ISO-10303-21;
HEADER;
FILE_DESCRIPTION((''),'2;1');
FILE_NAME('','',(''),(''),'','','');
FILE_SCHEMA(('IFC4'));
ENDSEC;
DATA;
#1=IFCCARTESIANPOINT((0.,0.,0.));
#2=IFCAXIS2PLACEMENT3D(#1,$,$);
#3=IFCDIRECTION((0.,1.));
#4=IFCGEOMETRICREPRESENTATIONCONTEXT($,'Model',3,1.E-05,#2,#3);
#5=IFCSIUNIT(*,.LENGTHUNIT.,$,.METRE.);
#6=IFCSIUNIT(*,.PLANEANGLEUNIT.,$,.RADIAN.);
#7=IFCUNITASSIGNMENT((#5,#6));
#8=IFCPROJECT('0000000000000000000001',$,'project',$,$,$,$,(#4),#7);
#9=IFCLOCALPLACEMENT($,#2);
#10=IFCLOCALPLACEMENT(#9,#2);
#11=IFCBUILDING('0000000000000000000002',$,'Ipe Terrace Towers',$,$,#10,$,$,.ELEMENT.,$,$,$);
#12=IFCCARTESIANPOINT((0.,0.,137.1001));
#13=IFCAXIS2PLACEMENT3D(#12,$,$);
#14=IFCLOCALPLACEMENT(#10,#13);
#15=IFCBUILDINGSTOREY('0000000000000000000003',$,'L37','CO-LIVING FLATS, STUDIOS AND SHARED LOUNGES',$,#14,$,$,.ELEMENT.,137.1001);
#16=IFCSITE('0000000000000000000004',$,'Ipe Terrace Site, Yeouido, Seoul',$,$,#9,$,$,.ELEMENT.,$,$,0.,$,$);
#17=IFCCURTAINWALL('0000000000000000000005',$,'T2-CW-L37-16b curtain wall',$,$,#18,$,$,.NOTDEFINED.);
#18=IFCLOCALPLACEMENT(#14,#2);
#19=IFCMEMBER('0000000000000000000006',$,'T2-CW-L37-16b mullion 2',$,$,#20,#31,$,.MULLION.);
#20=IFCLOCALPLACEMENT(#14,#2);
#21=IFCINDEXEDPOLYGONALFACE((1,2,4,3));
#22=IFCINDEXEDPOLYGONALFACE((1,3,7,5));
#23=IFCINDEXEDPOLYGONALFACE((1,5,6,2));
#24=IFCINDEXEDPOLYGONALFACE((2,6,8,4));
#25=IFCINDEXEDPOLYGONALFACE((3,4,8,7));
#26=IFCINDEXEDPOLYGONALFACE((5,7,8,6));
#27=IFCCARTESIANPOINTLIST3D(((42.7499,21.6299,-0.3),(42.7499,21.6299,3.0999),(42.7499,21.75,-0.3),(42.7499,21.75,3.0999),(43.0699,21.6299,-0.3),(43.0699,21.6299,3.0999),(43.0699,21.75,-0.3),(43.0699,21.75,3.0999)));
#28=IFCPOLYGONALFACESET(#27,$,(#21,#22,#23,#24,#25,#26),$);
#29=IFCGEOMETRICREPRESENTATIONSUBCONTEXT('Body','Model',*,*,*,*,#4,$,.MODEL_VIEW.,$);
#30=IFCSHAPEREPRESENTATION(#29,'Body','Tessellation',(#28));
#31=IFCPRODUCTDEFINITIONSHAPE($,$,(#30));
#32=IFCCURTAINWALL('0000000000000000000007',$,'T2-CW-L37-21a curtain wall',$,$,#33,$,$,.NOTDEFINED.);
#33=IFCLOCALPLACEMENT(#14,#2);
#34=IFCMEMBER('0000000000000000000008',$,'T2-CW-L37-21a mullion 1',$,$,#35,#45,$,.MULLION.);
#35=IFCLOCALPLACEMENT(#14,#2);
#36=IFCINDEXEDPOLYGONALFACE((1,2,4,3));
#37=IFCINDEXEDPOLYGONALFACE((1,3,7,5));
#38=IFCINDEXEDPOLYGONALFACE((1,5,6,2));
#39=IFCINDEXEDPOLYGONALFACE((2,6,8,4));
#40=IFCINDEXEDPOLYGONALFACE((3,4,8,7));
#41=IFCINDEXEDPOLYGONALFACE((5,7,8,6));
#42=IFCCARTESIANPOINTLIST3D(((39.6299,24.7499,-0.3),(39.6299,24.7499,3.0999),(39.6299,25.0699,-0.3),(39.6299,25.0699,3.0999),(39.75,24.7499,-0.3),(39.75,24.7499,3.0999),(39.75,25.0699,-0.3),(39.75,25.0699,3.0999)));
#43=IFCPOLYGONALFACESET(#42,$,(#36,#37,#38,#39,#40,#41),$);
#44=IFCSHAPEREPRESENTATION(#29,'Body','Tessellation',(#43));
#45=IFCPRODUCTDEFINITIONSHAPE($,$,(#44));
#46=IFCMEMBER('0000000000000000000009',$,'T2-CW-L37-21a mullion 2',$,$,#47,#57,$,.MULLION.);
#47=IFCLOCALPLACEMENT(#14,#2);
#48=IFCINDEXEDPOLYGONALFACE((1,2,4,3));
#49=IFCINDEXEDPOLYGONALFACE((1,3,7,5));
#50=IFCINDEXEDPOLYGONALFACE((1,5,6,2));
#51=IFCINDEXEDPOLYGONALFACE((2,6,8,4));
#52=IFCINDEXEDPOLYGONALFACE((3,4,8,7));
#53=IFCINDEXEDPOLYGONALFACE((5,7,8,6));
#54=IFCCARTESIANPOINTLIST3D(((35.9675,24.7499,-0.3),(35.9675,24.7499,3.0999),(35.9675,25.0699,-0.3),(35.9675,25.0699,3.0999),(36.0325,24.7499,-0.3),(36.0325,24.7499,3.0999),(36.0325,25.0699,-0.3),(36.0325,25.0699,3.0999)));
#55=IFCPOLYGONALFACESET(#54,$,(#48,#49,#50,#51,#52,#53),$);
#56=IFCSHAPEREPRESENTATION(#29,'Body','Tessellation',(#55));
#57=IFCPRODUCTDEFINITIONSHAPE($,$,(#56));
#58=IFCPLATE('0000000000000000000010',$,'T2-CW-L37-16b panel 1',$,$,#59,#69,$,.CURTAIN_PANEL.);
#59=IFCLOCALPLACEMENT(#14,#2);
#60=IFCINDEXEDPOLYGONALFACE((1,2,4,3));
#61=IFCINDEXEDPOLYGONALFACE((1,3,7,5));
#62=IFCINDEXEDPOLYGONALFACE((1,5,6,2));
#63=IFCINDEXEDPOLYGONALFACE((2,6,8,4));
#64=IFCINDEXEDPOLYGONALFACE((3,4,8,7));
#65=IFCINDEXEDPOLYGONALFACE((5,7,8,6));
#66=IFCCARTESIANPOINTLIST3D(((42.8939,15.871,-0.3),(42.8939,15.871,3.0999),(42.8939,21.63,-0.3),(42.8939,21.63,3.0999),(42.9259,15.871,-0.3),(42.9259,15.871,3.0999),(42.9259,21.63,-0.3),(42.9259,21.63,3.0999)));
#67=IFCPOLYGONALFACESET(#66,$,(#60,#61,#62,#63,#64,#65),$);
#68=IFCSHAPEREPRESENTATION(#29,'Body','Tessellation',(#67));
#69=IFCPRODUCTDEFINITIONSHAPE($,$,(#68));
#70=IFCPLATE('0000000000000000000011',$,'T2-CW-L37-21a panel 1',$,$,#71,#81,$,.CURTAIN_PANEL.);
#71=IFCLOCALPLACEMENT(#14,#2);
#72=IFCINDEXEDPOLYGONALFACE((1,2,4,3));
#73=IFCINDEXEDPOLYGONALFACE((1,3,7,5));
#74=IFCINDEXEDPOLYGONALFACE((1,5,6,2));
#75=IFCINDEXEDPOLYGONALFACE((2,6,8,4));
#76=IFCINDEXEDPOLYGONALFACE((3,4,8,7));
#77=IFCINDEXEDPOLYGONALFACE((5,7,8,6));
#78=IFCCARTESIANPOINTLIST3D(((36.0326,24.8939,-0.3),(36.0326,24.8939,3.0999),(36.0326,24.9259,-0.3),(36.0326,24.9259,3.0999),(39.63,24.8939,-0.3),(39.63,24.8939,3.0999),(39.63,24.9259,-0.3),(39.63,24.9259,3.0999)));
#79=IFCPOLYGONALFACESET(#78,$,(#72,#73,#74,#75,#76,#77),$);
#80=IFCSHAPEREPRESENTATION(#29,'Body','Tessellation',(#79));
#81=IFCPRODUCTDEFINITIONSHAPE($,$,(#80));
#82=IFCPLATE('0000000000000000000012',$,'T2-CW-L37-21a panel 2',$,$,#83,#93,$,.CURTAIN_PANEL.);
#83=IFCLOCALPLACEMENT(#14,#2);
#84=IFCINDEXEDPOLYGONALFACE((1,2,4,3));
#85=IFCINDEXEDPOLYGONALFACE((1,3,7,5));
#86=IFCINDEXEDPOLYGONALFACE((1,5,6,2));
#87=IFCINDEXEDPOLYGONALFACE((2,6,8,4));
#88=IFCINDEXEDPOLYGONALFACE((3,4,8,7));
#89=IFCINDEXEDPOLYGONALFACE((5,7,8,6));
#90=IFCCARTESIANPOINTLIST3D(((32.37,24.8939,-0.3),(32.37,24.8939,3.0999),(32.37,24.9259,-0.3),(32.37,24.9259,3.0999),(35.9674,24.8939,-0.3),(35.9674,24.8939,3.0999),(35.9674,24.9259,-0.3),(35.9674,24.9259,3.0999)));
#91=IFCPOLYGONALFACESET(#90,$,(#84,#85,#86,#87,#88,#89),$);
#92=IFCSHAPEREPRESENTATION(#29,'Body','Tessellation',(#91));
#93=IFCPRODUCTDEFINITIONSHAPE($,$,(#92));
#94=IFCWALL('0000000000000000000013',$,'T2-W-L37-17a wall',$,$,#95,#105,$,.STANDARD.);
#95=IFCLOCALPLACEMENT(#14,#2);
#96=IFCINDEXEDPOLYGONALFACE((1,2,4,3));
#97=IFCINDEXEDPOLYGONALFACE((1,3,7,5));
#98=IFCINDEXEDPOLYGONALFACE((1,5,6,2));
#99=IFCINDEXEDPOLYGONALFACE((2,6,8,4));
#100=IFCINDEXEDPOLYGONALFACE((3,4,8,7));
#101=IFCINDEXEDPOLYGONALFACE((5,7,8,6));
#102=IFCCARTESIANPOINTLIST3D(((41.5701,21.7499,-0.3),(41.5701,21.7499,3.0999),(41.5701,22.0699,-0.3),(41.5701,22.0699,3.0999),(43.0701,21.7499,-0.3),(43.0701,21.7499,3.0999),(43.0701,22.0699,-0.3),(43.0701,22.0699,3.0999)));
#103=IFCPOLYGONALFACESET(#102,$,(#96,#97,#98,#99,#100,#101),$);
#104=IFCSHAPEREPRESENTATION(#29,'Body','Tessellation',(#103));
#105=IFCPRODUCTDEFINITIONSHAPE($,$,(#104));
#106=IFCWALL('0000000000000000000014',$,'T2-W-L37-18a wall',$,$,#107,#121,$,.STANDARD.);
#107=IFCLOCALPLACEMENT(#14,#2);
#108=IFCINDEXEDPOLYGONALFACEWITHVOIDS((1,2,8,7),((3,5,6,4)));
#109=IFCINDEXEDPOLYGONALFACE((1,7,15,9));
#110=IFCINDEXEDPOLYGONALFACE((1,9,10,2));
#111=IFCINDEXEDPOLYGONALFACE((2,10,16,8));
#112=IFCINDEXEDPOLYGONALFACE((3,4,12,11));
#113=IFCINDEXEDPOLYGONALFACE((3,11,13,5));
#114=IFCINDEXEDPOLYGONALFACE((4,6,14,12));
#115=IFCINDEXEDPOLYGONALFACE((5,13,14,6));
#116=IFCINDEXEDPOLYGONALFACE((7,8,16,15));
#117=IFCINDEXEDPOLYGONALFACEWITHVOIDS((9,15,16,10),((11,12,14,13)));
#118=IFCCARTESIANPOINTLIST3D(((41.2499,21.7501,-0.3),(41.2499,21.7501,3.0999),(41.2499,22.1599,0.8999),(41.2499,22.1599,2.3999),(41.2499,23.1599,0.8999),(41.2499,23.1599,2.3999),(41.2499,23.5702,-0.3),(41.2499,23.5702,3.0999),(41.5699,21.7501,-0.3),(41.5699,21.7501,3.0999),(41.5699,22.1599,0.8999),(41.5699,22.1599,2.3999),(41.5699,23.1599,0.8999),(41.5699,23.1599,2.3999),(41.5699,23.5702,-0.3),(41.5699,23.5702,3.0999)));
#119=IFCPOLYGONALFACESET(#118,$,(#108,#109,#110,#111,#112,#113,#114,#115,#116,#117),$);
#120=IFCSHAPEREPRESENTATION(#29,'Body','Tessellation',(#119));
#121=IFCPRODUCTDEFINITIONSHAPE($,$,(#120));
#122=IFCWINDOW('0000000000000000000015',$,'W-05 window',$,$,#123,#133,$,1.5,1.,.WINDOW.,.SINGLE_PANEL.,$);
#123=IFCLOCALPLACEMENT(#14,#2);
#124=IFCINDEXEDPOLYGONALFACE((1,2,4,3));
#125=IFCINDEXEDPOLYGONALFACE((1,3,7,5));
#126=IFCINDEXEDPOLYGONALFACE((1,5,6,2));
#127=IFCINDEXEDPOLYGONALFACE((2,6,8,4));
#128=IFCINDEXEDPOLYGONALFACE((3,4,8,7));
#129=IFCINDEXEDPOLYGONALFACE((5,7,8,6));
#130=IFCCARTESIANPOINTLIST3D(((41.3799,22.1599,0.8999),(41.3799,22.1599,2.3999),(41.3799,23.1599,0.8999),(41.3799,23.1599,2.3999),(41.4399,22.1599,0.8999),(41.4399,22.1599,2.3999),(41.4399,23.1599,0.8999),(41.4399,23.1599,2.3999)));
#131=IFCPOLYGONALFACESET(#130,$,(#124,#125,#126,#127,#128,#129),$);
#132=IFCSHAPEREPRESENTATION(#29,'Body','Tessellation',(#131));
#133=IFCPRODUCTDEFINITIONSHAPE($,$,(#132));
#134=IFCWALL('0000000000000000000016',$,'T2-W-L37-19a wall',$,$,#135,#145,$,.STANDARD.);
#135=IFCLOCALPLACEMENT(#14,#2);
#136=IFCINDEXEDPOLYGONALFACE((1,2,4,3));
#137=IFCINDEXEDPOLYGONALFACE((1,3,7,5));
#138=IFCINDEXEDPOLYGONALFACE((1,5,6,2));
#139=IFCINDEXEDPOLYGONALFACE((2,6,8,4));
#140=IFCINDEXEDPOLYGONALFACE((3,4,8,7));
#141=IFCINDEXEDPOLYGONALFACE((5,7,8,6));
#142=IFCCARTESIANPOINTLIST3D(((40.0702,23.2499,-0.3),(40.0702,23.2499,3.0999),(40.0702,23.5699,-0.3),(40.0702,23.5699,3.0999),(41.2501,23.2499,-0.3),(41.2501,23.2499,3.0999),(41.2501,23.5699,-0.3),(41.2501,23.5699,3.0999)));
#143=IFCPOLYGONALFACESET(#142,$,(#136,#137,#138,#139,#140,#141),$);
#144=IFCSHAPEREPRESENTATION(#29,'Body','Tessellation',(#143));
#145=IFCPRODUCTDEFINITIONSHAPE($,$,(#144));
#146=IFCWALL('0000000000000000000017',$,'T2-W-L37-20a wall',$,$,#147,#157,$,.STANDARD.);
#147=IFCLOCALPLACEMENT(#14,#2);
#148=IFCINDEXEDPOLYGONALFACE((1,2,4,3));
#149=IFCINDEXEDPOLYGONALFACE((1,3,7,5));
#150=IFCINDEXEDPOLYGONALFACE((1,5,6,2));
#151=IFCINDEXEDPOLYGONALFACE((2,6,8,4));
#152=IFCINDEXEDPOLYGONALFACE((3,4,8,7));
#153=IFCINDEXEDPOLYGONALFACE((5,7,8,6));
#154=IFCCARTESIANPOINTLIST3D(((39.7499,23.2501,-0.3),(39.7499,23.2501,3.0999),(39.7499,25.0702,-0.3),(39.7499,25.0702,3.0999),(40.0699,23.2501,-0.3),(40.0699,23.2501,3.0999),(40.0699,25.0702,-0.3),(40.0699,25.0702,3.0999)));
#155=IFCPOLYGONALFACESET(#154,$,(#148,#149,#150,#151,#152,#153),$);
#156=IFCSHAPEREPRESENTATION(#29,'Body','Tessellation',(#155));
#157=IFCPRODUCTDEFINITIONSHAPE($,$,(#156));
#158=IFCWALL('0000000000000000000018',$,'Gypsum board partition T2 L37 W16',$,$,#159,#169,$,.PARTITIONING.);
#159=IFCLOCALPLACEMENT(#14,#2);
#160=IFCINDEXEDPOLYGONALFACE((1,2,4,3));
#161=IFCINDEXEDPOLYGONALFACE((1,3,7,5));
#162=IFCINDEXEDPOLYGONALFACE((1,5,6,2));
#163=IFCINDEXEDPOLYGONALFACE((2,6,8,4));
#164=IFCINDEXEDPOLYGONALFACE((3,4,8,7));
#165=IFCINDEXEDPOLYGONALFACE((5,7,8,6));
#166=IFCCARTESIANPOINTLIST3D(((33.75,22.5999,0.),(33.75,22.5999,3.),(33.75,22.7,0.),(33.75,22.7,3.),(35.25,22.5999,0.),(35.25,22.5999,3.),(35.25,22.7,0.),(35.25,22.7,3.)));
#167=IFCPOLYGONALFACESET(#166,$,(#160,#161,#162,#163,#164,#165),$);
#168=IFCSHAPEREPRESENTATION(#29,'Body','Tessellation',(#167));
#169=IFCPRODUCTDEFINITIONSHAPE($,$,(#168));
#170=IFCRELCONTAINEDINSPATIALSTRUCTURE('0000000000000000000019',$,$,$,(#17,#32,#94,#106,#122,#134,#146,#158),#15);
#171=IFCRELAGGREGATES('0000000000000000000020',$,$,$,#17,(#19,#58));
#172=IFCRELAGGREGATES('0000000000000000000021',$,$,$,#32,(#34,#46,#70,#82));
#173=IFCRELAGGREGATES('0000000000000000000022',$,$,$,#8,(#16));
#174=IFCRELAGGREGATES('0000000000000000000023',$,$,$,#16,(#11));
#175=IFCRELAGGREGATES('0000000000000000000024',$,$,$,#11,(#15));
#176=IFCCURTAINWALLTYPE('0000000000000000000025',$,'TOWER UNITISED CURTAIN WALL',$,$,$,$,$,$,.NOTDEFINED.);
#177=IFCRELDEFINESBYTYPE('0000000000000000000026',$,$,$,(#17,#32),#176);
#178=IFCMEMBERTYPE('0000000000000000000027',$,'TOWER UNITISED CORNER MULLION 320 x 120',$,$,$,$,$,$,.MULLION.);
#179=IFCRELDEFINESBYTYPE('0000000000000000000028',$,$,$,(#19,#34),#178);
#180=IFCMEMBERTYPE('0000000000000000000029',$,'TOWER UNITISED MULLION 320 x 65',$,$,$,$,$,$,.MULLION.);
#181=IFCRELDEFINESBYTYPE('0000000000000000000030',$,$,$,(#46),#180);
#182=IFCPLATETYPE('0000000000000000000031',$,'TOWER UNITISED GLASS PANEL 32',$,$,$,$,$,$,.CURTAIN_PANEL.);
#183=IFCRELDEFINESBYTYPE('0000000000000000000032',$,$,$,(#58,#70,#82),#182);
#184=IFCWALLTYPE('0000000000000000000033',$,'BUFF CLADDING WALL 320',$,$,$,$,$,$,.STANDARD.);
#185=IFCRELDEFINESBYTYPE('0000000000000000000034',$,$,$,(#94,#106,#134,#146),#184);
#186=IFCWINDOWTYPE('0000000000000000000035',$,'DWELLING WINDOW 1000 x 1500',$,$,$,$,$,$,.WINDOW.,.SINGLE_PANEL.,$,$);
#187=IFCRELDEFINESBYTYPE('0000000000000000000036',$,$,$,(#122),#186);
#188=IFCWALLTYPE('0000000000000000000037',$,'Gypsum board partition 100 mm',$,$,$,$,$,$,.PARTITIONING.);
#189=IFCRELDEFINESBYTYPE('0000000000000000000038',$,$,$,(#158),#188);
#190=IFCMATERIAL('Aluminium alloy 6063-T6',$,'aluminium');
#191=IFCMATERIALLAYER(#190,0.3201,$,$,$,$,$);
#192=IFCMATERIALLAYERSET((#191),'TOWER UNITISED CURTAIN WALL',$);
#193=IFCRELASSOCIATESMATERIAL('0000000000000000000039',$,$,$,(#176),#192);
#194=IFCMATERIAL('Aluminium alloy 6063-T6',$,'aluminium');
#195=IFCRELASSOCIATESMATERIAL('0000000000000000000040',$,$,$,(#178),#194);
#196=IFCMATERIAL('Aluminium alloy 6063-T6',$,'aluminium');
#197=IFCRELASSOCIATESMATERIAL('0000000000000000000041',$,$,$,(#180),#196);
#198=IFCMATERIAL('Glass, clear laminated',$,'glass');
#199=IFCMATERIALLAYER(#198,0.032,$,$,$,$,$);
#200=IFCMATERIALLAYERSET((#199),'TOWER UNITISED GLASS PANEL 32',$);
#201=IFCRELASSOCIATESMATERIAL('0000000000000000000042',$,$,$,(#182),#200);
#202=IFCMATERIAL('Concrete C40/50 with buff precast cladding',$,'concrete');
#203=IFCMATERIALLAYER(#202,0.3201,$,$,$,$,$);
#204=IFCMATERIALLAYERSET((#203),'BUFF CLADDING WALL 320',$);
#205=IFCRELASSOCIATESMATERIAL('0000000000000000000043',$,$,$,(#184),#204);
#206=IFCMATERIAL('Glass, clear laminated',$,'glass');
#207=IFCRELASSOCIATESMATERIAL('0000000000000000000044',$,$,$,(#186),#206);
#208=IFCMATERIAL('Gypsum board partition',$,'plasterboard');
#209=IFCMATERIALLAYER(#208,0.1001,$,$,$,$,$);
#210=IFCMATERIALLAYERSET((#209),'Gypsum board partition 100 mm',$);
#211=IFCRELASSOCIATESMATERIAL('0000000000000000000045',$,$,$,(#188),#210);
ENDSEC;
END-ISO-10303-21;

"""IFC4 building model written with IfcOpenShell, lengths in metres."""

from ifc_helpers import new_model, si_unit, direction, frame, frame_2d, origin, origin_2d, place, context, subcontext, project, spatial, rectangle, extrude, material, layer, layer_set, material_profile, profile_set, type_object, element, fill, aggregate, save


model = new_model("IFC4")

# Units and contexts
model_context = context("Model", 3, precision=1e-05, world=origin(), true_north=direction((0.0, 1.0)))
body_context = subcontext(model_context, "Body", "Model", "MODEL_VIEW")
ifc_project = project(units=[si_unit("LENGTHUNIT", "METRE"), si_unit("PLANEANGLEUNIT", "RADIAN")], contexts=[model_context])

# Site, building, storey
site_placement = place(None, origin())
site = spatial("IfcSite", under=ifc_project, at=site_placement, Name="Ipe Terrace Site, Yeouido, Seoul", CompositionType="ELEMENT", RefElevation=0.0)
building_placement = place(site_placement, origin())
building = spatial("IfcBuilding", under=site, at=building_placement, Name="Ipe Terrace Towers", CompositionType="ELEMENT")
storey_placement = place(building_placement, frame((0.0, 0.0, 137.1001)))
storey = spatial("IfcBuildingStorey", under=building, at=storey_placement, Name="L37", Description="CO-LIVING FLATS, STUDIOS AND SHARED LOUNGES", CompositionType="ELEMENT", Elevation=137.1001)

# Curtain walls, members
ifc_material_1 = material(Name="Aluminium alloy 6063-T6", Category="aluminium")
ifc_layer_1 = layer(ifc_material_1, 0.3201)
ifc_layer_set_1 = layer_set([ifc_layer_1], Name="TOWER UNITISED CURTAIN WALL")
curtain_wall_type = type_object("IfcCurtainWallType", Name="TOWER UNITISED CURTAIN WALL", PredefinedType="NOTDEFINED", material=ifc_layer_set_1)
curtain_wall_1_placement = place(storey_placement, origin())
curtain_wall_1 = element("IfcCurtainWall", 1, at=curtain_wall_1_placement, inside=storey, type_object=curtain_wall_type, Name="T2-CW-L37-16b curtain wall", PredefinedType="NOTDEFINED")
ifc_material_2 = material(Name="Aluminium alloy 6063-T6", Category="aluminium")
ifc_material_profile_1 = material_profile(ifc_material_2, rectangle(XDim=0.3201, YDim=0.1201, at=origin_2d()), Name="TOWER UNITISED CORNER MULLION 320 x 120")
ifc_profile_set_1 = profile_set([ifc_material_profile_1], Name="Aluminium alloy 6063-T6")
member_type_1 = type_object("IfcMemberType", Name="TOWER UNITISED CORNER MULLION 320 x 120", PredefinedType="MULLION", material=ifc_profile_set_1)
member_1_placement = place(storey_placement, frame((42.9099, 21.6899, -0.3), z_axis=(0.0, 0.0, 1.0), x_axis=(1.0, 0.0, 0.0)))
member_1 = element("IfcMember", 2, at=member_1_placement, type_object=member_type_1, Name="T2-CW-L37-16b mullion 2", PredefinedType="MULLION", context=body_context, shape_type="SweptSolid", body=[
    extrude(rectangle(XDim=0.3201, YDim=0.1201, at=origin_2d()), origin(), (0.0, 0.0, 1.0), 3.3999),
])
curtain_wall_2_placement = place(storey_placement, origin())
curtain_wall_2 = element("IfcCurtainWall", 3, at=curtain_wall_2_placement, inside=storey, type_object=curtain_wall_type, Name="T2-CW-L37-21a curtain wall", PredefinedType="NOTDEFINED")
member_2_placement = place(storey_placement, frame((39.6899, 24.9099, -0.3), z_axis=(0.0, 0.0, 1.0), x_axis=(0.0, 1.0, 0.0)))
member_2 = element("IfcMember", 4, at=member_2_placement, type_object=member_type_1, Name="T2-CW-L37-21a mullion 1", PredefinedType="MULLION", context=body_context, shape_type="SweptSolid", body=[
    extrude(rectangle(XDim=0.3201, YDim=0.1201, at=origin_2d()), origin(), (0.0, 0.0, 1.0), 3.3999),
])
ifc_material_3 = material(Name="Aluminium alloy 6063-T6", Category="aluminium")
ifc_material_profile_2 = material_profile(ifc_material_3, rectangle(XDim=0.3201, YDim=0.0649, at=origin_2d()), Name="TOWER UNITISED MULLION 320 x 65")
ifc_profile_set_2 = profile_set([ifc_material_profile_2], Name="Aluminium alloy 6063-T6")
member_type_2 = type_object("IfcMemberType", Name="TOWER UNITISED MULLION 320 x 65", PredefinedType="MULLION", material=ifc_profile_set_2)
member_3_placement = place(storey_placement, frame((36.0, 24.9099, -0.3), z_axis=(0.0, 0.0, 1.0), x_axis=(0.0, 1.0, 0.0)))
member_3 = element("IfcMember", 5, at=member_3_placement, type_object=member_type_2, Name="T2-CW-L37-21a mullion 2", PredefinedType="MULLION", context=body_context, shape_type="SweptSolid", body=[
    extrude(rectangle(XDim=0.3201, YDim=0.0649, at=origin_2d()), origin(), (0.0, 0.0, 1.0), 3.3999),
])

# Plates
ifc_material_4 = material(Name="Glass, clear laminated", Category="glass")
ifc_layer_2 = layer(ifc_material_4, 0.032)
ifc_layer_set_2 = layer_set([ifc_layer_2], Name="TOWER UNITISED GLASS PANEL 32")
plate_type = type_object("IfcPlateType", Name="TOWER UNITISED GLASS PANEL 32", PredefinedType="CURTAIN_PANEL", material=ifc_layer_set_2)
plate_1_placement = place(storey_placement, frame((42.9099, 18.7505, -0.3), z_axis=(0.0, 0.0, 1.0), x_axis=(0.0, 1.0, 0.0)))
plate_1 = element("IfcPlate", 6, at=plate_1_placement, type_object=plate_type, Name="T2-CW-L37-16b panel 1", PredefinedType="CURTAIN_PANEL", context=body_context, shape_type="SweptSolid", body=[
    extrude(rectangle(XDim=5.759, YDim=0.032, at=origin_2d()), origin(), (0.0, 0.0, 1.0), 3.3999),
])
aggregate(curtain_wall_1, [member_1, plate_1])
plate_2_placement = place(storey_placement, frame((37.8313, 24.9099, -0.3), z_axis=(0.0, 0.0, 1.0), x_axis=(-1.0, 0.0, 0.0)))
plate_2 = element("IfcPlate", 7, at=plate_2_placement, type_object=plate_type, Name="T2-CW-L37-21a panel 1", PredefinedType="CURTAIN_PANEL", context=body_context, shape_type="SweptSolid", body=[
    extrude(rectangle(XDim=3.5974, YDim=0.032, at=origin_2d()), origin(), (0.0, 0.0, 1.0), 3.3999),
])
plate_3_placement = place(storey_placement, frame((34.1687, 24.9099, -0.3), z_axis=(0.0, 0.0, 1.0), x_axis=(-1.0, 0.0, 0.0)))
plate_3 = element("IfcPlate", 8, at=plate_3_placement, type_object=plate_type, Name="T2-CW-L37-21a panel 2", PredefinedType="CURTAIN_PANEL", context=body_context, shape_type="SweptSolid", body=[
    extrude(rectangle(XDim=3.5974, YDim=0.032, at=origin_2d()), origin(), (0.0, 0.0, 1.0), 3.3999),
])
aggregate(curtain_wall_2, [member_2, member_3, plate_2, plate_3])

# Wall
ifc_material_5 = material(Name="Concrete C40/50 with buff precast cladding", Category="concrete")
ifc_layer_3 = layer(ifc_material_5, 0.3201)
ifc_layer_set_3 = layer_set([ifc_layer_3], Name="BUFF CLADDING WALL 320")
wall_type_1 = type_object("IfcWallType", Name="BUFF CLADDING WALL 320", PredefinedType="STANDARD", material=ifc_layer_set_3)
wall_1_placement = place(storey_placement, frame((43.0701, 21.9099, -0.3), z_axis=(0.0, 0.0, 1.0), x_axis=(-1.0, 0.0, 0.0)))
element("IfcWall", 9, at=wall_1_placement, inside=storey, type_object=wall_type_1, Name="T2-W-L37-17a wall", PredefinedType="STANDARD", context=body_context, shape_type="SweptSolid", body=[
    extrude(rectangle(XDim=1.5, YDim=0.3201, at=frame_2d((0.75, 0.0))), origin(), (0.0, 0.0, 1.0), 3.3999),
])

# Wall, opening, window
wall_2_placement = place(storey_placement, frame((41.4099, 21.75, -0.3), z_axis=(0.0, 0.0, 1.0), x_axis=(0.0, 1.0, 0.0)))
wall_2 = element("IfcWall", 10, at=wall_2_placement, inside=storey, type_object=wall_type_1, Name="T2-W-L37-18a wall", PredefinedType="STANDARD", context=body_context, shape_type="SweptSolid", body=[
    extrude(rectangle(XDim=1.8201, YDim=0.3201, at=frame_2d((0.9102, 0.0))), origin(), (0.0, 0.0, 1.0), 3.3999),
])
opening_1_placement = place(wall_2_placement, frame((0.4099, 0.0, 1.2)))
opening_1 = element("IfcOpeningElement", 11, at=opening_1_placement, cuts=wall_2, PredefinedType="OPENING", context=body_context, shape_type="SweptSolid", body=[
    extrude(rectangle(XDim=1.0, YDim=1.5, at=frame_2d((0.5, 0.75))), frame((0.0, 0.1699, 0.0), z_axis=(0.0, -1.0, 0.0), x_axis=(1.0, 0.0, 0.0)), (0.0, 0.0, 1.0), 0.3401),
])
ifc_material_6 = material(Name="Glass, clear laminated", Category="glass")
window_type = type_object("IfcWindowType", Name="DWELLING WINDOW 1000 x 1500", PartitioningType="SINGLE_PANEL", PredefinedType="WINDOW", material=ifc_material_6)
window_placement = place(opening_1_placement, origin())
window = element("IfcWindow", 12, at=window_placement, inside=storey, type_object=window_type, Name="W-05 window", OverallHeight=1.5, OverallWidth=1.0, PartitioningType="SINGLE_PANEL", PredefinedType="WINDOW", context=body_context, shape_type="SweptSolid", body=[
    extrude(rectangle(XDim=1.0, YDim=1.5, at=frame_2d((0.5, 0.75))), frame((0.0, 0.03, 0.0), z_axis=(0.0, -1.0, 0.0), x_axis=(1.0, 0.0, 0.0)), (0.0, 0.0, 1.0), 0.0601),
])
fill(opening_1, window)

# Walls
wall_3_placement = place(storey_placement, frame((41.25, 23.4099, -0.3), z_axis=(0.0, 0.0, 1.0), x_axis=(-1.0, 0.0, 0.0)))
element("IfcWall", 13, at=wall_3_placement, inside=storey, type_object=wall_type_1, Name="T2-W-L37-19a wall", PredefinedType="STANDARD", context=body_context, shape_type="SweptSolid", body=[
    extrude(rectangle(XDim=1.1799, YDim=0.3201, at=frame_2d((0.5898, 0.0))), origin(), (0.0, 0.0, 1.0), 3.3999),
])
wall_4_placement = place(storey_placement, frame((39.9099, 23.25, -0.3), z_axis=(0.0, 0.0, 1.0), x_axis=(0.0, 1.0, 0.0)))
element("IfcWall", 14, at=wall_4_placement, inside=storey, type_object=wall_type_1, Name="T2-W-L37-20a wall", PredefinedType="STANDARD", context=body_context, shape_type="SweptSolid", body=[
    extrude(rectangle(XDim=1.8201, YDim=0.3201, at=frame_2d((0.9102, 0.0))), origin(), (0.0, 0.0, 1.0), 3.3999),
])
ifc_material_7 = material(Name="Gypsum board partition", Category="plasterboard")
ifc_layer_4 = layer(ifc_material_7, 0.1001)
ifc_layer_set_4 = layer_set([ifc_layer_4], Name="Gypsum board partition 100 mm")
wall_type_2 = type_object("IfcWallType", Name="Gypsum board partition 100 mm", PredefinedType="PARTITIONING", material=ifc_layer_set_4)
wall_5_placement = place(storey_placement, frame((35.25, 22.6499, 0.0), z_axis=(0.0, 0.0, 1.0), x_axis=(-1.0, 0.0, 0.0)))
element("IfcWall", 15, at=wall_5_placement, inside=storey, type_object=wall_type_2, Name="Gypsum board partition T2 L37 W16", PredefinedType="PARTITIONING", context=body_context, shape_type="SweptSolid", body=[
    extrude(rectangle(XDim=1.5, YDim=0.1001, at=frame_2d((0.75, 0.0))), origin(), (0.0, 0.0, 1.0), 3.0),
])

save(model, "model.ifc")
